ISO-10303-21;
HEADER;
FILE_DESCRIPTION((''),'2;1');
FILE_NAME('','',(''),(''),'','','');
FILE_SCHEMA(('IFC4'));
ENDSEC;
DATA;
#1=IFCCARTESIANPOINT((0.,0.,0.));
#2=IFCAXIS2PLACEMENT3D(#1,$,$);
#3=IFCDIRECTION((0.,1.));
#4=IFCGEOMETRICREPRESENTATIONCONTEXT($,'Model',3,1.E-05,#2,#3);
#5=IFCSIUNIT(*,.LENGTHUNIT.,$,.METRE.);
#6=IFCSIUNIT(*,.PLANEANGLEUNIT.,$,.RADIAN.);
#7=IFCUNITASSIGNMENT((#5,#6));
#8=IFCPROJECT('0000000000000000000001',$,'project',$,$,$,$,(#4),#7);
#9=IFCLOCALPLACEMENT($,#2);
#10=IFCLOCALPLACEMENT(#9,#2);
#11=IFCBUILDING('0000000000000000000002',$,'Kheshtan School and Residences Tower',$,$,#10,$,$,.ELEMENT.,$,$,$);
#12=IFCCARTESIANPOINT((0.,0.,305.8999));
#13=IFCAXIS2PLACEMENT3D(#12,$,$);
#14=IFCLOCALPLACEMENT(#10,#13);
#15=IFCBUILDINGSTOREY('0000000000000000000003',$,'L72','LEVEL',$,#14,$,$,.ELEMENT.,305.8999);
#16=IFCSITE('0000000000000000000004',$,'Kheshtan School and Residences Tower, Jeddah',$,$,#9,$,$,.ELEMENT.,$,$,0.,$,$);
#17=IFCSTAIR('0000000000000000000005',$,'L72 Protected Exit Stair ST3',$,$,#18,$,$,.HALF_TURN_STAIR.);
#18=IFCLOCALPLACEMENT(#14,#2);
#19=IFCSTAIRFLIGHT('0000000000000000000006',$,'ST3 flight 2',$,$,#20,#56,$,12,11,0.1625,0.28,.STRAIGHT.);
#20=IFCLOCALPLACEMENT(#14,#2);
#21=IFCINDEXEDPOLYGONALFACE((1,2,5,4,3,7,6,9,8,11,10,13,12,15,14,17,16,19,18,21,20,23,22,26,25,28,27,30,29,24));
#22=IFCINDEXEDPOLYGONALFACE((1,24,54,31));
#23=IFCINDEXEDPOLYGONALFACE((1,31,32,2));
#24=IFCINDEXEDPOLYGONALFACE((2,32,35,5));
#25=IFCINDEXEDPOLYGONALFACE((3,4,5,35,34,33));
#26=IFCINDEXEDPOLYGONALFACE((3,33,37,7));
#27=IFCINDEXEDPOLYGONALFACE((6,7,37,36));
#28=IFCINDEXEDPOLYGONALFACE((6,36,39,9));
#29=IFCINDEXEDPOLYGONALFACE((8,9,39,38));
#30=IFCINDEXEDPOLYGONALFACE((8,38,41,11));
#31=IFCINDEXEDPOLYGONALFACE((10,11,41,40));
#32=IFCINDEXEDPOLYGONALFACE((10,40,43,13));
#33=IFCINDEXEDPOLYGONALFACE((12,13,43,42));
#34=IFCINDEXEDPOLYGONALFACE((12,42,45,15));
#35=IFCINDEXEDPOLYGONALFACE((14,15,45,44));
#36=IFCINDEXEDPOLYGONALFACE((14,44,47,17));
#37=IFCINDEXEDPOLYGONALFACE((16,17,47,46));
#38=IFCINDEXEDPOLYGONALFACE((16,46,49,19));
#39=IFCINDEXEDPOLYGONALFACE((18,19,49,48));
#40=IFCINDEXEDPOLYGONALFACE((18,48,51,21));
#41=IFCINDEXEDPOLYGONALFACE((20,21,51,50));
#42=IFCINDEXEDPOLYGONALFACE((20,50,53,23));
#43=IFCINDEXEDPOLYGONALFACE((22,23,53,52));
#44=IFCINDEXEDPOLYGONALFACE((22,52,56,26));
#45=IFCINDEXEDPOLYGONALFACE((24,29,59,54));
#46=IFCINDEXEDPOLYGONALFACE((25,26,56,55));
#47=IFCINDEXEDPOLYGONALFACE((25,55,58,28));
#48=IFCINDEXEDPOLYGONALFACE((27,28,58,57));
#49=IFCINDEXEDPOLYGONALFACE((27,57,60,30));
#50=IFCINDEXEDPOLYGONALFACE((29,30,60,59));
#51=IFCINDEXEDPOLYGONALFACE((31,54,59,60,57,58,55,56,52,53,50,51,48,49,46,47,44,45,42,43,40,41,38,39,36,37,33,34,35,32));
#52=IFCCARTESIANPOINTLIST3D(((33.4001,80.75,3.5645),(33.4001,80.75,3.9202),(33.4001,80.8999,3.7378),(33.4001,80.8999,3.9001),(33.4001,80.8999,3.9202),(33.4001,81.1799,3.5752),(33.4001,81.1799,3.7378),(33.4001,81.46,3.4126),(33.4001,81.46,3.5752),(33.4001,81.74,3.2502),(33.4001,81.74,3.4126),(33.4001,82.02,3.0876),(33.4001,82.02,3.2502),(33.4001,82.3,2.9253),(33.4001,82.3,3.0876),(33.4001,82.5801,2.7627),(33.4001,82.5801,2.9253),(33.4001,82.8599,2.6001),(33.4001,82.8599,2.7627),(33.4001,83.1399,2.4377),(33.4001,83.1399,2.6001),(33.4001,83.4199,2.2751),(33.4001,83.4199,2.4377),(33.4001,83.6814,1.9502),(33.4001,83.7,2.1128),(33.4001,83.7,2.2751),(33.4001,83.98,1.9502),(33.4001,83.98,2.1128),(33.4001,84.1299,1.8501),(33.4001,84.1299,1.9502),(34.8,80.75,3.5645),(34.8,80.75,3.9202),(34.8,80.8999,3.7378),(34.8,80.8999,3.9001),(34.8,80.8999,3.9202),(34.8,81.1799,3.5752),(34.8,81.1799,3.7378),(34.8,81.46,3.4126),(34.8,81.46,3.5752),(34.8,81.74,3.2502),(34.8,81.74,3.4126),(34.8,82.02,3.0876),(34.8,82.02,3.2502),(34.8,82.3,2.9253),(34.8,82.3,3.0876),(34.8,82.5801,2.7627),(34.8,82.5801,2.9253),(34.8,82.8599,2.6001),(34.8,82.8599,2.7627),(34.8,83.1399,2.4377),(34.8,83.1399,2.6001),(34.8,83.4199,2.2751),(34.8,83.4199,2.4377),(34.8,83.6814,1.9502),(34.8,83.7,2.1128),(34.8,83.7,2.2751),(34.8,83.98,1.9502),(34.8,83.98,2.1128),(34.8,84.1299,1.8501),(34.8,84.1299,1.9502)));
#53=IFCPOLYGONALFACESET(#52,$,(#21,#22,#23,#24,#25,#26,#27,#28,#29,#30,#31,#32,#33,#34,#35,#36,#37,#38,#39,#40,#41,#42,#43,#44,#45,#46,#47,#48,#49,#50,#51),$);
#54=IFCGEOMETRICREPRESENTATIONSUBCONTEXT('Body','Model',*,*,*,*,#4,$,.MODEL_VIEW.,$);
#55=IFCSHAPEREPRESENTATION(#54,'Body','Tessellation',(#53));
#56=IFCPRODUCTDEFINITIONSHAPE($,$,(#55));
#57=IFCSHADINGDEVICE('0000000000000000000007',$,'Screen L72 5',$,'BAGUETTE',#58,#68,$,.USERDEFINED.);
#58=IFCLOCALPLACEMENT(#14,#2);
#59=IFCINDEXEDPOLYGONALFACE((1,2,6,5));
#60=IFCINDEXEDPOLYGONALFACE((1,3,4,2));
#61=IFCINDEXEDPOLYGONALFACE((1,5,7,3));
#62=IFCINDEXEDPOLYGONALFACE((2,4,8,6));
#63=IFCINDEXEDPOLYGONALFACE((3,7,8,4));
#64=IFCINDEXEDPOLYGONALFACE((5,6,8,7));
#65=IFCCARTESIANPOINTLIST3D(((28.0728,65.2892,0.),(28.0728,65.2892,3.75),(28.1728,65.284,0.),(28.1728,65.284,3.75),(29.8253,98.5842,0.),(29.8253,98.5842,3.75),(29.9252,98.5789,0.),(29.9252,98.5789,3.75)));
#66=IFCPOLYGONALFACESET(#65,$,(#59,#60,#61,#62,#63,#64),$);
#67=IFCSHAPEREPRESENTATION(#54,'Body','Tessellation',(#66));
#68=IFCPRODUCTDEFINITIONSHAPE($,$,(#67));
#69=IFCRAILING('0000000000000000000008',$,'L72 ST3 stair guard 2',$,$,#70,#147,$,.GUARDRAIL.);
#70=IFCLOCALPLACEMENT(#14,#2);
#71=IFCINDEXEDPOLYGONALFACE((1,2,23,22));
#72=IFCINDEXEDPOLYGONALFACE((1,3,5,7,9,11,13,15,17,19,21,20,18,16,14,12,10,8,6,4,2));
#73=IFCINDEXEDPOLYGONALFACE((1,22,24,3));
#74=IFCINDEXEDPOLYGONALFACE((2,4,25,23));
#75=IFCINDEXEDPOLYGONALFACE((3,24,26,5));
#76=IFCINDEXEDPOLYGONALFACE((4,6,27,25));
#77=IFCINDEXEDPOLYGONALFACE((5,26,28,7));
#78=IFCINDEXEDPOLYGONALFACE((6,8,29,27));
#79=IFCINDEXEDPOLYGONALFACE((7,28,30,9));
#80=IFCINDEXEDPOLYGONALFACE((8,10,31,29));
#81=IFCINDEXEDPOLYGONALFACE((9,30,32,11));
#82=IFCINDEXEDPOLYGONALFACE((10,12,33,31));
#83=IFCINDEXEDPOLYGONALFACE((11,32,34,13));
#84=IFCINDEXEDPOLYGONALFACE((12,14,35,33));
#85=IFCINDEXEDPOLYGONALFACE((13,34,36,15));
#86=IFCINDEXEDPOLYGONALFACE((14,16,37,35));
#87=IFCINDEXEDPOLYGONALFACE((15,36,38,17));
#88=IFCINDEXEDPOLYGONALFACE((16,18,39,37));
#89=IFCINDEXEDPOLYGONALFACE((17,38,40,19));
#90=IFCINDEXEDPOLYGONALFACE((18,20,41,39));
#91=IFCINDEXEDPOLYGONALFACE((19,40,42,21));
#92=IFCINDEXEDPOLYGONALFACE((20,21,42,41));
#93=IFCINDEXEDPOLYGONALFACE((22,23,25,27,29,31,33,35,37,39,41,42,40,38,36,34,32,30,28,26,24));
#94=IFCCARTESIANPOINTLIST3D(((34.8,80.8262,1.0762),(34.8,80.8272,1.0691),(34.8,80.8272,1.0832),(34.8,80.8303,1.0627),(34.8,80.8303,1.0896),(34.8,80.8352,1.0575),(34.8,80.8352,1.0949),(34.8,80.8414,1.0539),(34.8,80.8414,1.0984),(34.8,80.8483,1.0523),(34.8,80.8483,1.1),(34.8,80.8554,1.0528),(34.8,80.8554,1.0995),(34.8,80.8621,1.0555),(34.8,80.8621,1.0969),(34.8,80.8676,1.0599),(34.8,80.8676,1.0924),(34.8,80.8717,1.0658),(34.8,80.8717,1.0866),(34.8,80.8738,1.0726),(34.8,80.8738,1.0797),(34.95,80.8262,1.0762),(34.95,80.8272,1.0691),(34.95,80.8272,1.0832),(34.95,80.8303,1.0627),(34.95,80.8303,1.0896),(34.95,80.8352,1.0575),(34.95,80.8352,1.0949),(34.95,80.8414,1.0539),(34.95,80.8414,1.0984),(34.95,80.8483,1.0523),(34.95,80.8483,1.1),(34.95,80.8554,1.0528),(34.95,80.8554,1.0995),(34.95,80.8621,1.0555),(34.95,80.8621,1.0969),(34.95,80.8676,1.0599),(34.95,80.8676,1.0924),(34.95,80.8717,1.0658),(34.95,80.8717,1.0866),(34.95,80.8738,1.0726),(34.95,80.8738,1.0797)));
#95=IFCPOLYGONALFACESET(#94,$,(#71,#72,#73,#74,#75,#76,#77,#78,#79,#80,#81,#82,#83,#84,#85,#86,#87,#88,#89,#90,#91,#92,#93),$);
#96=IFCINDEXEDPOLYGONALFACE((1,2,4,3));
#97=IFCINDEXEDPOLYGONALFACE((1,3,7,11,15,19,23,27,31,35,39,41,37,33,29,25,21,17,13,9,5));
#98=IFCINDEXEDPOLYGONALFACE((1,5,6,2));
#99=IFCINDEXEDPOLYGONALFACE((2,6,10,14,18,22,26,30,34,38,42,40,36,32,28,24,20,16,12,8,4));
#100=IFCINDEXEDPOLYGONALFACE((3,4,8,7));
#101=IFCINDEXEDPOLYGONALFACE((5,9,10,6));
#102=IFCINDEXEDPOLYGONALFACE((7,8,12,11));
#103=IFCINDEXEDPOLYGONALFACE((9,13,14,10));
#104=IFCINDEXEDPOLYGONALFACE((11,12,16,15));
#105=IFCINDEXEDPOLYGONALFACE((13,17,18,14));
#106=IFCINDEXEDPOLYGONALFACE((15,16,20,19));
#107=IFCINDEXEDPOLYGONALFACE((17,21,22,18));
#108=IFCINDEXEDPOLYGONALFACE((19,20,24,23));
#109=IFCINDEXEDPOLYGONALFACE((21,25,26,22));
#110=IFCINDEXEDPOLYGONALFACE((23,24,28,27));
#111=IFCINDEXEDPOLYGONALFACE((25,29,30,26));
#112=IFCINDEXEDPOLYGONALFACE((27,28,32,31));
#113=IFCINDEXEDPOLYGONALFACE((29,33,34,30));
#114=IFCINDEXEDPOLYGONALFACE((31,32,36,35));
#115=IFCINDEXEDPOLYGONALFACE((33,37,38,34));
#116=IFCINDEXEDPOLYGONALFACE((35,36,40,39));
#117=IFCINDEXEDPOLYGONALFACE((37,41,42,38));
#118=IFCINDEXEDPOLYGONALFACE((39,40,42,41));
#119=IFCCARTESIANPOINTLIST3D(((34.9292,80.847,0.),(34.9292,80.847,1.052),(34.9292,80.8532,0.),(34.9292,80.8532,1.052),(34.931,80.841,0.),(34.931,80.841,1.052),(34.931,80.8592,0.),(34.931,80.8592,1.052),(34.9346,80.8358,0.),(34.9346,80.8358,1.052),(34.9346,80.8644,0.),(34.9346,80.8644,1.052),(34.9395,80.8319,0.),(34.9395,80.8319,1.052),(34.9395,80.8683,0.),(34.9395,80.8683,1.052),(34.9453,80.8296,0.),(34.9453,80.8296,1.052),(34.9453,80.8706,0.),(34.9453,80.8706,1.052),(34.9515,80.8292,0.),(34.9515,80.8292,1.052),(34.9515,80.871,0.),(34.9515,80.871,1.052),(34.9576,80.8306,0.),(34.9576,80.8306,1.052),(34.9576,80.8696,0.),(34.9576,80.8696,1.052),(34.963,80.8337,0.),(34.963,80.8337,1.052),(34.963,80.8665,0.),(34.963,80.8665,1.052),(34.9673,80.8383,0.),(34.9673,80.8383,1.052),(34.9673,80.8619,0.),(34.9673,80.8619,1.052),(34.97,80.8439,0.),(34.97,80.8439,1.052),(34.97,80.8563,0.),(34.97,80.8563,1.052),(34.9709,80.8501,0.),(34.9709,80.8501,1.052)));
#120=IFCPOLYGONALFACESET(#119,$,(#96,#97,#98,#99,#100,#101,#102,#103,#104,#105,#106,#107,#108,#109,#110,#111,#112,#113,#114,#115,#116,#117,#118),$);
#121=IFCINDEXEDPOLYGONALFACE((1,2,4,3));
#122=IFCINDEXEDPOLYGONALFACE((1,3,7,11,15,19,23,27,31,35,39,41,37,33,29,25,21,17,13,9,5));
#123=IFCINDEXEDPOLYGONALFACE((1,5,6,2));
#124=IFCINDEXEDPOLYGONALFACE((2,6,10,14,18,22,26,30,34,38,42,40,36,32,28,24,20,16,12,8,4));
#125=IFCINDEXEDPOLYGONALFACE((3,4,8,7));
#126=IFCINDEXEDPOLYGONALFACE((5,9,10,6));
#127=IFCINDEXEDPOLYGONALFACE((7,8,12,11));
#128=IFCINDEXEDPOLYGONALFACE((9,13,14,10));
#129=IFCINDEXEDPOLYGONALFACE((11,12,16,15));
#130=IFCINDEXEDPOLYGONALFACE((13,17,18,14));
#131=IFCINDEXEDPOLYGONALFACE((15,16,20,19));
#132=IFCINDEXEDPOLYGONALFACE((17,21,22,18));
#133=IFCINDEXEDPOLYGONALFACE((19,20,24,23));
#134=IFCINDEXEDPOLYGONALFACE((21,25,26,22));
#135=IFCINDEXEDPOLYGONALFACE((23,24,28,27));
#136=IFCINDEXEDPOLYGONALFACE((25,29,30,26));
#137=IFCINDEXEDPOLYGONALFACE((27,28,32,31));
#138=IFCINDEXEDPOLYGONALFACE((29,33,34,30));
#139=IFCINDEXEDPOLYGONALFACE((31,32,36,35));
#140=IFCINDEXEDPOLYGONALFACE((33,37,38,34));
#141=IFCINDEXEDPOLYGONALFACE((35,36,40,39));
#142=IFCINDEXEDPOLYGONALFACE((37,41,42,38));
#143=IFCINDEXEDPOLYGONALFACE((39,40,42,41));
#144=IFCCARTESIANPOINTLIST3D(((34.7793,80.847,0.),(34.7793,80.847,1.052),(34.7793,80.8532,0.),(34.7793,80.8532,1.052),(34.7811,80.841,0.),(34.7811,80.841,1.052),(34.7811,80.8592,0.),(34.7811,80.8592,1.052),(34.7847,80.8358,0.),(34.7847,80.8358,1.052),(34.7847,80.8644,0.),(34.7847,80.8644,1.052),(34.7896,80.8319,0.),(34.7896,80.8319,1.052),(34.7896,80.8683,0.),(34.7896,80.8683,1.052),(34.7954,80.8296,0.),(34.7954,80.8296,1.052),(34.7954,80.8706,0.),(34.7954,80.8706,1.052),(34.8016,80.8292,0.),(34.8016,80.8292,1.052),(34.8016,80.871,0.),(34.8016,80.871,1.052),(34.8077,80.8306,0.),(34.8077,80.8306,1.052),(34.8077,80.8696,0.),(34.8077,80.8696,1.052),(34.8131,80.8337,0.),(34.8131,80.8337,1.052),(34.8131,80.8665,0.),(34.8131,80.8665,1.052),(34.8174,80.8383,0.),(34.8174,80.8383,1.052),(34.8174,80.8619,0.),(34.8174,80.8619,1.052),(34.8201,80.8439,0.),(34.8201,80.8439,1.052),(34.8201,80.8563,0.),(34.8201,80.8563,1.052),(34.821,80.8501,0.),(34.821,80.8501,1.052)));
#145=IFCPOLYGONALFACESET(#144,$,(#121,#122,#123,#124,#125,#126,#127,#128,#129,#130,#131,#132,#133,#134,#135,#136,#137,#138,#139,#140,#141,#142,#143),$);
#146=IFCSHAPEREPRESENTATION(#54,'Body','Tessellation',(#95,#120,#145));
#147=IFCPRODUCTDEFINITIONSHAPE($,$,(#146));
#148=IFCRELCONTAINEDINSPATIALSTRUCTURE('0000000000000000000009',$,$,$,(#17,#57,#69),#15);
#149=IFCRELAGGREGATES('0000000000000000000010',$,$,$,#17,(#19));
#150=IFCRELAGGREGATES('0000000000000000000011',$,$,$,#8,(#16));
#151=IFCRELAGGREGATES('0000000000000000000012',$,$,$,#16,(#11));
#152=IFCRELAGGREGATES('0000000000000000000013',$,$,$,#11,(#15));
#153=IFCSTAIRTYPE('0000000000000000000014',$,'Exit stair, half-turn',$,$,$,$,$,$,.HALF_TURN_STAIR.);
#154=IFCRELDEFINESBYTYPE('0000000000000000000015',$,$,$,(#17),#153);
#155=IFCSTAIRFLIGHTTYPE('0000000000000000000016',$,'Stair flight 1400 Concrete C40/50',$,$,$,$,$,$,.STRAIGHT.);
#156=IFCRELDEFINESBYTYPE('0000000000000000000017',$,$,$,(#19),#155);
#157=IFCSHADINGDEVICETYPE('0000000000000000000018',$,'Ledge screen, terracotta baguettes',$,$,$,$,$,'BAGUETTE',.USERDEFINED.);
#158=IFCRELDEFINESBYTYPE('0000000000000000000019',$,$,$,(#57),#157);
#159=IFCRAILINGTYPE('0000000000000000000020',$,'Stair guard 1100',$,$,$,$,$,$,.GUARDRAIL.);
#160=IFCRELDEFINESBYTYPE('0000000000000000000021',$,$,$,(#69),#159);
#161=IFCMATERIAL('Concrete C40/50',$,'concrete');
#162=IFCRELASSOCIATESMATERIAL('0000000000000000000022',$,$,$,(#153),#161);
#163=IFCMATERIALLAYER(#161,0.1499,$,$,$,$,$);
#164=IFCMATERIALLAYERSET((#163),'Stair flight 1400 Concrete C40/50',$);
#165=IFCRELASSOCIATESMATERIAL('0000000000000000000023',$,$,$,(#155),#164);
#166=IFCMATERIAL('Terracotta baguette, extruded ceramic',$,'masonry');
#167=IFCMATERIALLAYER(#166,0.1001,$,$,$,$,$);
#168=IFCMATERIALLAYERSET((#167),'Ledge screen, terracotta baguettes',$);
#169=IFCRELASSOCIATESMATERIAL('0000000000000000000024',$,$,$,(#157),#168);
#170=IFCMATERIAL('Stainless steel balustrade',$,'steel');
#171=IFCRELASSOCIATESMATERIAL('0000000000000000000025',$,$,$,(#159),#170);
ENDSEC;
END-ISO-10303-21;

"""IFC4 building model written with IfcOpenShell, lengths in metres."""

from ifc_helpers import new_model, si_unit, direction, frame, origin, origin_2d, place, context, subcontext, project, spatial, polyline, rectangle, circle, outline, extrude, material, layer, layer_set, type_object, element, aggregate, save


model = new_model("IFC4")

# Units and contexts
model_context = context("Model", 3, precision=1e-05, world=origin(), true_north=direction((0.0, 1.0)))
body_context = subcontext(model_context, "Body", "Model", "MODEL_VIEW")
ifc_project = project(units=[si_unit("LENGTHUNIT", "METRE"), si_unit("PLANEANGLEUNIT", "RADIAN")], contexts=[model_context])

# Site, building, storey
site_placement = place(None, origin())
site = spatial("IfcSite", under=ifc_project, at=site_placement, Name="Kheshtan School and Residences Tower, Jeddah", CompositionType="ELEMENT", RefElevation=0.0)
building_placement = place(site_placement, origin())
building = spatial("IfcBuilding", under=site, at=building_placement, Name="Kheshtan School and Residences Tower", CompositionType="ELEMENT")
storey_placement = place(building_placement, frame((0.0, 0.0, 305.8999)))
storey = spatial("IfcBuildingStorey", under=building, at=storey_placement, Name="L72", Description="LEVEL", CompositionType="ELEMENT", Elevation=305.8999)

# Shared definitions
ifc_material_1 = material(Name="Concrete C40/50", Category="concrete")

# Stair, stair flight
stair_type = type_object("IfcStairType", Name="Exit stair, half-turn", PredefinedType="HALF_TURN_STAIR", material=ifc_material_1)
stair_placement = place(storey_placement, origin())
stair = element("IfcStair", 1, at=stair_placement, inside=storey, type_object=stair_type, Name="L72 Protected Exit Stair ST3", PredefinedType="HALF_TURN_STAIR")
ifc_layer_1 = layer(ifc_material_1, 0.1499)
ifc_layer_set_1 = layer_set([ifc_layer_1], Name="Stair flight 1400 Concrete C40/50")
stair_flight_type = type_object("IfcStairFlightType", Name="Stair flight 1400 Concrete C40/50", PredefinedType="STRAIGHT", material=ifc_layer_set_1)
stair_flight_1_placement = place(storey_placement, frame((34.1001, 83.98, 1.9502), z_axis=(0.0, 0.0, 1.0), x_axis=(0.0, -1.0, 0.0)))
stair_flight_1 = element("IfcStairFlight", 2, at=stair_flight_1_placement, type_object=stair_flight_type, Name="ST3 flight 2", NumberOfRisers=12, NumberOfTreads=11, PredefinedType="STRAIGHT", RiserHeight=0.1625, TreadLength=0.28, context=body_context, shape_type="SweptSolid", body=[
    extrude(outline(polyline([(-0.1499, -0.1001), (-0.1499, 0.0), (0.0, 0.0), (0.0, 0.1626), (0.28, 0.1626), (0.28, 0.325), (0.5601, 0.325), (0.5601, 0.4875), (0.8401, 0.4875), (0.8401, 0.6499), (1.1201, 0.6499), (1.1201, 0.8125), (1.3999, 0.8125), (1.3999, 0.9751), (1.6799, 0.9751), (1.6799, 1.1375), (1.96, 1.1375), (1.96, 1.3), (2.24, 1.3), (2.24, 1.4624), (2.52, 1.4624), (2.52, 1.625), (2.8, 1.625), (2.8, 1.7876), (3.0801, 1.7876), (3.0801, 1.95), (3.0801, 1.97), (3.23, 1.97), (3.23, 1.6143), (0.2986, 0.0), (-0.1499, -0.1001)])), frame((0.0, 0.7, 0.0), z_axis=(0.0, -1.0, 0.0), x_axis=(1.0, 0.0, 0.0)), (0.0, 0.0, 1.0), 1.3999),
])
aggregate(stair, [stair_flight_1])

# Shading device
ifc_material_2 = material(Name="Terracotta baguette, extruded ceramic", Category="masonry")
ifc_layer_2 = layer(ifc_material_2, 0.1001)
ifc_layer_set_2 = layer_set([ifc_layer_2], Name="Ledge screen, terracotta baguettes")
shading_device_type = type_object("IfcShadingDeviceType", Name="Ledge screen, terracotta baguettes", ElementType="BAGUETTE", PredefinedType="USERDEFINED", material=ifc_layer_set_2)
shading_device_placement = place(storey_placement, frame((28.999, 81.9341, 0.0), z_axis=(0.0, 0.0, 1.0), x_axis=(0.052563, 0.998618, 0.0)))
element("IfcShadingDevice", 3, at=shading_device_placement, inside=storey, type_object=shading_device_type, Name="Screen L72 5", ObjectType="BAGUETTE", PredefinedType="USERDEFINED", context=body_context, shape_type="SweptSolid", body=[
    extrude(rectangle(XDim=33.3411, YDim=0.1001, at=origin_2d()), origin(), (0.0, 0.0, 1.0), 3.75),
])

# Railing
ifc_material_3 = material(Name="Stainless steel balustrade", Category="steel")
railing_type_1 = type_object("IfcRailingType", Name="Stair guard 1100", PredefinedType="GUARDRAIL", material=ifc_material_3)
railing_1_placement = place(storey_placement, frame((34.95, 80.8501, 0.0)))
element("IfcRailing", 4, at=railing_1_placement, inside=storey, type_object=railing_type_1, Name="L72 ST3 stair guard 2", PredefinedType="GUARDRAIL", context=body_context, shape_type="SweptSolid", body=[
    extrude(circle(Radius=0.0239, at=origin_2d()), frame((0.0, 0.0, 1.0762), z_axis=(-1.0, 0.0, 0.0), x_axis=(0.0, -1.0, 0.0)), (0.0, 0.0, 1.0), 0.1499),
    extrude(circle(Radius=0.021, at=origin_2d()), origin(), (0.0, 0.0, 1.0), 1.052),
    extrude(circle(Radius=0.021, at=origin_2d()), frame((-0.1499, 0.0, 0.0)), (0.0, 0.0, 1.0), 1.052),
])

save(model, "model.ifc")
